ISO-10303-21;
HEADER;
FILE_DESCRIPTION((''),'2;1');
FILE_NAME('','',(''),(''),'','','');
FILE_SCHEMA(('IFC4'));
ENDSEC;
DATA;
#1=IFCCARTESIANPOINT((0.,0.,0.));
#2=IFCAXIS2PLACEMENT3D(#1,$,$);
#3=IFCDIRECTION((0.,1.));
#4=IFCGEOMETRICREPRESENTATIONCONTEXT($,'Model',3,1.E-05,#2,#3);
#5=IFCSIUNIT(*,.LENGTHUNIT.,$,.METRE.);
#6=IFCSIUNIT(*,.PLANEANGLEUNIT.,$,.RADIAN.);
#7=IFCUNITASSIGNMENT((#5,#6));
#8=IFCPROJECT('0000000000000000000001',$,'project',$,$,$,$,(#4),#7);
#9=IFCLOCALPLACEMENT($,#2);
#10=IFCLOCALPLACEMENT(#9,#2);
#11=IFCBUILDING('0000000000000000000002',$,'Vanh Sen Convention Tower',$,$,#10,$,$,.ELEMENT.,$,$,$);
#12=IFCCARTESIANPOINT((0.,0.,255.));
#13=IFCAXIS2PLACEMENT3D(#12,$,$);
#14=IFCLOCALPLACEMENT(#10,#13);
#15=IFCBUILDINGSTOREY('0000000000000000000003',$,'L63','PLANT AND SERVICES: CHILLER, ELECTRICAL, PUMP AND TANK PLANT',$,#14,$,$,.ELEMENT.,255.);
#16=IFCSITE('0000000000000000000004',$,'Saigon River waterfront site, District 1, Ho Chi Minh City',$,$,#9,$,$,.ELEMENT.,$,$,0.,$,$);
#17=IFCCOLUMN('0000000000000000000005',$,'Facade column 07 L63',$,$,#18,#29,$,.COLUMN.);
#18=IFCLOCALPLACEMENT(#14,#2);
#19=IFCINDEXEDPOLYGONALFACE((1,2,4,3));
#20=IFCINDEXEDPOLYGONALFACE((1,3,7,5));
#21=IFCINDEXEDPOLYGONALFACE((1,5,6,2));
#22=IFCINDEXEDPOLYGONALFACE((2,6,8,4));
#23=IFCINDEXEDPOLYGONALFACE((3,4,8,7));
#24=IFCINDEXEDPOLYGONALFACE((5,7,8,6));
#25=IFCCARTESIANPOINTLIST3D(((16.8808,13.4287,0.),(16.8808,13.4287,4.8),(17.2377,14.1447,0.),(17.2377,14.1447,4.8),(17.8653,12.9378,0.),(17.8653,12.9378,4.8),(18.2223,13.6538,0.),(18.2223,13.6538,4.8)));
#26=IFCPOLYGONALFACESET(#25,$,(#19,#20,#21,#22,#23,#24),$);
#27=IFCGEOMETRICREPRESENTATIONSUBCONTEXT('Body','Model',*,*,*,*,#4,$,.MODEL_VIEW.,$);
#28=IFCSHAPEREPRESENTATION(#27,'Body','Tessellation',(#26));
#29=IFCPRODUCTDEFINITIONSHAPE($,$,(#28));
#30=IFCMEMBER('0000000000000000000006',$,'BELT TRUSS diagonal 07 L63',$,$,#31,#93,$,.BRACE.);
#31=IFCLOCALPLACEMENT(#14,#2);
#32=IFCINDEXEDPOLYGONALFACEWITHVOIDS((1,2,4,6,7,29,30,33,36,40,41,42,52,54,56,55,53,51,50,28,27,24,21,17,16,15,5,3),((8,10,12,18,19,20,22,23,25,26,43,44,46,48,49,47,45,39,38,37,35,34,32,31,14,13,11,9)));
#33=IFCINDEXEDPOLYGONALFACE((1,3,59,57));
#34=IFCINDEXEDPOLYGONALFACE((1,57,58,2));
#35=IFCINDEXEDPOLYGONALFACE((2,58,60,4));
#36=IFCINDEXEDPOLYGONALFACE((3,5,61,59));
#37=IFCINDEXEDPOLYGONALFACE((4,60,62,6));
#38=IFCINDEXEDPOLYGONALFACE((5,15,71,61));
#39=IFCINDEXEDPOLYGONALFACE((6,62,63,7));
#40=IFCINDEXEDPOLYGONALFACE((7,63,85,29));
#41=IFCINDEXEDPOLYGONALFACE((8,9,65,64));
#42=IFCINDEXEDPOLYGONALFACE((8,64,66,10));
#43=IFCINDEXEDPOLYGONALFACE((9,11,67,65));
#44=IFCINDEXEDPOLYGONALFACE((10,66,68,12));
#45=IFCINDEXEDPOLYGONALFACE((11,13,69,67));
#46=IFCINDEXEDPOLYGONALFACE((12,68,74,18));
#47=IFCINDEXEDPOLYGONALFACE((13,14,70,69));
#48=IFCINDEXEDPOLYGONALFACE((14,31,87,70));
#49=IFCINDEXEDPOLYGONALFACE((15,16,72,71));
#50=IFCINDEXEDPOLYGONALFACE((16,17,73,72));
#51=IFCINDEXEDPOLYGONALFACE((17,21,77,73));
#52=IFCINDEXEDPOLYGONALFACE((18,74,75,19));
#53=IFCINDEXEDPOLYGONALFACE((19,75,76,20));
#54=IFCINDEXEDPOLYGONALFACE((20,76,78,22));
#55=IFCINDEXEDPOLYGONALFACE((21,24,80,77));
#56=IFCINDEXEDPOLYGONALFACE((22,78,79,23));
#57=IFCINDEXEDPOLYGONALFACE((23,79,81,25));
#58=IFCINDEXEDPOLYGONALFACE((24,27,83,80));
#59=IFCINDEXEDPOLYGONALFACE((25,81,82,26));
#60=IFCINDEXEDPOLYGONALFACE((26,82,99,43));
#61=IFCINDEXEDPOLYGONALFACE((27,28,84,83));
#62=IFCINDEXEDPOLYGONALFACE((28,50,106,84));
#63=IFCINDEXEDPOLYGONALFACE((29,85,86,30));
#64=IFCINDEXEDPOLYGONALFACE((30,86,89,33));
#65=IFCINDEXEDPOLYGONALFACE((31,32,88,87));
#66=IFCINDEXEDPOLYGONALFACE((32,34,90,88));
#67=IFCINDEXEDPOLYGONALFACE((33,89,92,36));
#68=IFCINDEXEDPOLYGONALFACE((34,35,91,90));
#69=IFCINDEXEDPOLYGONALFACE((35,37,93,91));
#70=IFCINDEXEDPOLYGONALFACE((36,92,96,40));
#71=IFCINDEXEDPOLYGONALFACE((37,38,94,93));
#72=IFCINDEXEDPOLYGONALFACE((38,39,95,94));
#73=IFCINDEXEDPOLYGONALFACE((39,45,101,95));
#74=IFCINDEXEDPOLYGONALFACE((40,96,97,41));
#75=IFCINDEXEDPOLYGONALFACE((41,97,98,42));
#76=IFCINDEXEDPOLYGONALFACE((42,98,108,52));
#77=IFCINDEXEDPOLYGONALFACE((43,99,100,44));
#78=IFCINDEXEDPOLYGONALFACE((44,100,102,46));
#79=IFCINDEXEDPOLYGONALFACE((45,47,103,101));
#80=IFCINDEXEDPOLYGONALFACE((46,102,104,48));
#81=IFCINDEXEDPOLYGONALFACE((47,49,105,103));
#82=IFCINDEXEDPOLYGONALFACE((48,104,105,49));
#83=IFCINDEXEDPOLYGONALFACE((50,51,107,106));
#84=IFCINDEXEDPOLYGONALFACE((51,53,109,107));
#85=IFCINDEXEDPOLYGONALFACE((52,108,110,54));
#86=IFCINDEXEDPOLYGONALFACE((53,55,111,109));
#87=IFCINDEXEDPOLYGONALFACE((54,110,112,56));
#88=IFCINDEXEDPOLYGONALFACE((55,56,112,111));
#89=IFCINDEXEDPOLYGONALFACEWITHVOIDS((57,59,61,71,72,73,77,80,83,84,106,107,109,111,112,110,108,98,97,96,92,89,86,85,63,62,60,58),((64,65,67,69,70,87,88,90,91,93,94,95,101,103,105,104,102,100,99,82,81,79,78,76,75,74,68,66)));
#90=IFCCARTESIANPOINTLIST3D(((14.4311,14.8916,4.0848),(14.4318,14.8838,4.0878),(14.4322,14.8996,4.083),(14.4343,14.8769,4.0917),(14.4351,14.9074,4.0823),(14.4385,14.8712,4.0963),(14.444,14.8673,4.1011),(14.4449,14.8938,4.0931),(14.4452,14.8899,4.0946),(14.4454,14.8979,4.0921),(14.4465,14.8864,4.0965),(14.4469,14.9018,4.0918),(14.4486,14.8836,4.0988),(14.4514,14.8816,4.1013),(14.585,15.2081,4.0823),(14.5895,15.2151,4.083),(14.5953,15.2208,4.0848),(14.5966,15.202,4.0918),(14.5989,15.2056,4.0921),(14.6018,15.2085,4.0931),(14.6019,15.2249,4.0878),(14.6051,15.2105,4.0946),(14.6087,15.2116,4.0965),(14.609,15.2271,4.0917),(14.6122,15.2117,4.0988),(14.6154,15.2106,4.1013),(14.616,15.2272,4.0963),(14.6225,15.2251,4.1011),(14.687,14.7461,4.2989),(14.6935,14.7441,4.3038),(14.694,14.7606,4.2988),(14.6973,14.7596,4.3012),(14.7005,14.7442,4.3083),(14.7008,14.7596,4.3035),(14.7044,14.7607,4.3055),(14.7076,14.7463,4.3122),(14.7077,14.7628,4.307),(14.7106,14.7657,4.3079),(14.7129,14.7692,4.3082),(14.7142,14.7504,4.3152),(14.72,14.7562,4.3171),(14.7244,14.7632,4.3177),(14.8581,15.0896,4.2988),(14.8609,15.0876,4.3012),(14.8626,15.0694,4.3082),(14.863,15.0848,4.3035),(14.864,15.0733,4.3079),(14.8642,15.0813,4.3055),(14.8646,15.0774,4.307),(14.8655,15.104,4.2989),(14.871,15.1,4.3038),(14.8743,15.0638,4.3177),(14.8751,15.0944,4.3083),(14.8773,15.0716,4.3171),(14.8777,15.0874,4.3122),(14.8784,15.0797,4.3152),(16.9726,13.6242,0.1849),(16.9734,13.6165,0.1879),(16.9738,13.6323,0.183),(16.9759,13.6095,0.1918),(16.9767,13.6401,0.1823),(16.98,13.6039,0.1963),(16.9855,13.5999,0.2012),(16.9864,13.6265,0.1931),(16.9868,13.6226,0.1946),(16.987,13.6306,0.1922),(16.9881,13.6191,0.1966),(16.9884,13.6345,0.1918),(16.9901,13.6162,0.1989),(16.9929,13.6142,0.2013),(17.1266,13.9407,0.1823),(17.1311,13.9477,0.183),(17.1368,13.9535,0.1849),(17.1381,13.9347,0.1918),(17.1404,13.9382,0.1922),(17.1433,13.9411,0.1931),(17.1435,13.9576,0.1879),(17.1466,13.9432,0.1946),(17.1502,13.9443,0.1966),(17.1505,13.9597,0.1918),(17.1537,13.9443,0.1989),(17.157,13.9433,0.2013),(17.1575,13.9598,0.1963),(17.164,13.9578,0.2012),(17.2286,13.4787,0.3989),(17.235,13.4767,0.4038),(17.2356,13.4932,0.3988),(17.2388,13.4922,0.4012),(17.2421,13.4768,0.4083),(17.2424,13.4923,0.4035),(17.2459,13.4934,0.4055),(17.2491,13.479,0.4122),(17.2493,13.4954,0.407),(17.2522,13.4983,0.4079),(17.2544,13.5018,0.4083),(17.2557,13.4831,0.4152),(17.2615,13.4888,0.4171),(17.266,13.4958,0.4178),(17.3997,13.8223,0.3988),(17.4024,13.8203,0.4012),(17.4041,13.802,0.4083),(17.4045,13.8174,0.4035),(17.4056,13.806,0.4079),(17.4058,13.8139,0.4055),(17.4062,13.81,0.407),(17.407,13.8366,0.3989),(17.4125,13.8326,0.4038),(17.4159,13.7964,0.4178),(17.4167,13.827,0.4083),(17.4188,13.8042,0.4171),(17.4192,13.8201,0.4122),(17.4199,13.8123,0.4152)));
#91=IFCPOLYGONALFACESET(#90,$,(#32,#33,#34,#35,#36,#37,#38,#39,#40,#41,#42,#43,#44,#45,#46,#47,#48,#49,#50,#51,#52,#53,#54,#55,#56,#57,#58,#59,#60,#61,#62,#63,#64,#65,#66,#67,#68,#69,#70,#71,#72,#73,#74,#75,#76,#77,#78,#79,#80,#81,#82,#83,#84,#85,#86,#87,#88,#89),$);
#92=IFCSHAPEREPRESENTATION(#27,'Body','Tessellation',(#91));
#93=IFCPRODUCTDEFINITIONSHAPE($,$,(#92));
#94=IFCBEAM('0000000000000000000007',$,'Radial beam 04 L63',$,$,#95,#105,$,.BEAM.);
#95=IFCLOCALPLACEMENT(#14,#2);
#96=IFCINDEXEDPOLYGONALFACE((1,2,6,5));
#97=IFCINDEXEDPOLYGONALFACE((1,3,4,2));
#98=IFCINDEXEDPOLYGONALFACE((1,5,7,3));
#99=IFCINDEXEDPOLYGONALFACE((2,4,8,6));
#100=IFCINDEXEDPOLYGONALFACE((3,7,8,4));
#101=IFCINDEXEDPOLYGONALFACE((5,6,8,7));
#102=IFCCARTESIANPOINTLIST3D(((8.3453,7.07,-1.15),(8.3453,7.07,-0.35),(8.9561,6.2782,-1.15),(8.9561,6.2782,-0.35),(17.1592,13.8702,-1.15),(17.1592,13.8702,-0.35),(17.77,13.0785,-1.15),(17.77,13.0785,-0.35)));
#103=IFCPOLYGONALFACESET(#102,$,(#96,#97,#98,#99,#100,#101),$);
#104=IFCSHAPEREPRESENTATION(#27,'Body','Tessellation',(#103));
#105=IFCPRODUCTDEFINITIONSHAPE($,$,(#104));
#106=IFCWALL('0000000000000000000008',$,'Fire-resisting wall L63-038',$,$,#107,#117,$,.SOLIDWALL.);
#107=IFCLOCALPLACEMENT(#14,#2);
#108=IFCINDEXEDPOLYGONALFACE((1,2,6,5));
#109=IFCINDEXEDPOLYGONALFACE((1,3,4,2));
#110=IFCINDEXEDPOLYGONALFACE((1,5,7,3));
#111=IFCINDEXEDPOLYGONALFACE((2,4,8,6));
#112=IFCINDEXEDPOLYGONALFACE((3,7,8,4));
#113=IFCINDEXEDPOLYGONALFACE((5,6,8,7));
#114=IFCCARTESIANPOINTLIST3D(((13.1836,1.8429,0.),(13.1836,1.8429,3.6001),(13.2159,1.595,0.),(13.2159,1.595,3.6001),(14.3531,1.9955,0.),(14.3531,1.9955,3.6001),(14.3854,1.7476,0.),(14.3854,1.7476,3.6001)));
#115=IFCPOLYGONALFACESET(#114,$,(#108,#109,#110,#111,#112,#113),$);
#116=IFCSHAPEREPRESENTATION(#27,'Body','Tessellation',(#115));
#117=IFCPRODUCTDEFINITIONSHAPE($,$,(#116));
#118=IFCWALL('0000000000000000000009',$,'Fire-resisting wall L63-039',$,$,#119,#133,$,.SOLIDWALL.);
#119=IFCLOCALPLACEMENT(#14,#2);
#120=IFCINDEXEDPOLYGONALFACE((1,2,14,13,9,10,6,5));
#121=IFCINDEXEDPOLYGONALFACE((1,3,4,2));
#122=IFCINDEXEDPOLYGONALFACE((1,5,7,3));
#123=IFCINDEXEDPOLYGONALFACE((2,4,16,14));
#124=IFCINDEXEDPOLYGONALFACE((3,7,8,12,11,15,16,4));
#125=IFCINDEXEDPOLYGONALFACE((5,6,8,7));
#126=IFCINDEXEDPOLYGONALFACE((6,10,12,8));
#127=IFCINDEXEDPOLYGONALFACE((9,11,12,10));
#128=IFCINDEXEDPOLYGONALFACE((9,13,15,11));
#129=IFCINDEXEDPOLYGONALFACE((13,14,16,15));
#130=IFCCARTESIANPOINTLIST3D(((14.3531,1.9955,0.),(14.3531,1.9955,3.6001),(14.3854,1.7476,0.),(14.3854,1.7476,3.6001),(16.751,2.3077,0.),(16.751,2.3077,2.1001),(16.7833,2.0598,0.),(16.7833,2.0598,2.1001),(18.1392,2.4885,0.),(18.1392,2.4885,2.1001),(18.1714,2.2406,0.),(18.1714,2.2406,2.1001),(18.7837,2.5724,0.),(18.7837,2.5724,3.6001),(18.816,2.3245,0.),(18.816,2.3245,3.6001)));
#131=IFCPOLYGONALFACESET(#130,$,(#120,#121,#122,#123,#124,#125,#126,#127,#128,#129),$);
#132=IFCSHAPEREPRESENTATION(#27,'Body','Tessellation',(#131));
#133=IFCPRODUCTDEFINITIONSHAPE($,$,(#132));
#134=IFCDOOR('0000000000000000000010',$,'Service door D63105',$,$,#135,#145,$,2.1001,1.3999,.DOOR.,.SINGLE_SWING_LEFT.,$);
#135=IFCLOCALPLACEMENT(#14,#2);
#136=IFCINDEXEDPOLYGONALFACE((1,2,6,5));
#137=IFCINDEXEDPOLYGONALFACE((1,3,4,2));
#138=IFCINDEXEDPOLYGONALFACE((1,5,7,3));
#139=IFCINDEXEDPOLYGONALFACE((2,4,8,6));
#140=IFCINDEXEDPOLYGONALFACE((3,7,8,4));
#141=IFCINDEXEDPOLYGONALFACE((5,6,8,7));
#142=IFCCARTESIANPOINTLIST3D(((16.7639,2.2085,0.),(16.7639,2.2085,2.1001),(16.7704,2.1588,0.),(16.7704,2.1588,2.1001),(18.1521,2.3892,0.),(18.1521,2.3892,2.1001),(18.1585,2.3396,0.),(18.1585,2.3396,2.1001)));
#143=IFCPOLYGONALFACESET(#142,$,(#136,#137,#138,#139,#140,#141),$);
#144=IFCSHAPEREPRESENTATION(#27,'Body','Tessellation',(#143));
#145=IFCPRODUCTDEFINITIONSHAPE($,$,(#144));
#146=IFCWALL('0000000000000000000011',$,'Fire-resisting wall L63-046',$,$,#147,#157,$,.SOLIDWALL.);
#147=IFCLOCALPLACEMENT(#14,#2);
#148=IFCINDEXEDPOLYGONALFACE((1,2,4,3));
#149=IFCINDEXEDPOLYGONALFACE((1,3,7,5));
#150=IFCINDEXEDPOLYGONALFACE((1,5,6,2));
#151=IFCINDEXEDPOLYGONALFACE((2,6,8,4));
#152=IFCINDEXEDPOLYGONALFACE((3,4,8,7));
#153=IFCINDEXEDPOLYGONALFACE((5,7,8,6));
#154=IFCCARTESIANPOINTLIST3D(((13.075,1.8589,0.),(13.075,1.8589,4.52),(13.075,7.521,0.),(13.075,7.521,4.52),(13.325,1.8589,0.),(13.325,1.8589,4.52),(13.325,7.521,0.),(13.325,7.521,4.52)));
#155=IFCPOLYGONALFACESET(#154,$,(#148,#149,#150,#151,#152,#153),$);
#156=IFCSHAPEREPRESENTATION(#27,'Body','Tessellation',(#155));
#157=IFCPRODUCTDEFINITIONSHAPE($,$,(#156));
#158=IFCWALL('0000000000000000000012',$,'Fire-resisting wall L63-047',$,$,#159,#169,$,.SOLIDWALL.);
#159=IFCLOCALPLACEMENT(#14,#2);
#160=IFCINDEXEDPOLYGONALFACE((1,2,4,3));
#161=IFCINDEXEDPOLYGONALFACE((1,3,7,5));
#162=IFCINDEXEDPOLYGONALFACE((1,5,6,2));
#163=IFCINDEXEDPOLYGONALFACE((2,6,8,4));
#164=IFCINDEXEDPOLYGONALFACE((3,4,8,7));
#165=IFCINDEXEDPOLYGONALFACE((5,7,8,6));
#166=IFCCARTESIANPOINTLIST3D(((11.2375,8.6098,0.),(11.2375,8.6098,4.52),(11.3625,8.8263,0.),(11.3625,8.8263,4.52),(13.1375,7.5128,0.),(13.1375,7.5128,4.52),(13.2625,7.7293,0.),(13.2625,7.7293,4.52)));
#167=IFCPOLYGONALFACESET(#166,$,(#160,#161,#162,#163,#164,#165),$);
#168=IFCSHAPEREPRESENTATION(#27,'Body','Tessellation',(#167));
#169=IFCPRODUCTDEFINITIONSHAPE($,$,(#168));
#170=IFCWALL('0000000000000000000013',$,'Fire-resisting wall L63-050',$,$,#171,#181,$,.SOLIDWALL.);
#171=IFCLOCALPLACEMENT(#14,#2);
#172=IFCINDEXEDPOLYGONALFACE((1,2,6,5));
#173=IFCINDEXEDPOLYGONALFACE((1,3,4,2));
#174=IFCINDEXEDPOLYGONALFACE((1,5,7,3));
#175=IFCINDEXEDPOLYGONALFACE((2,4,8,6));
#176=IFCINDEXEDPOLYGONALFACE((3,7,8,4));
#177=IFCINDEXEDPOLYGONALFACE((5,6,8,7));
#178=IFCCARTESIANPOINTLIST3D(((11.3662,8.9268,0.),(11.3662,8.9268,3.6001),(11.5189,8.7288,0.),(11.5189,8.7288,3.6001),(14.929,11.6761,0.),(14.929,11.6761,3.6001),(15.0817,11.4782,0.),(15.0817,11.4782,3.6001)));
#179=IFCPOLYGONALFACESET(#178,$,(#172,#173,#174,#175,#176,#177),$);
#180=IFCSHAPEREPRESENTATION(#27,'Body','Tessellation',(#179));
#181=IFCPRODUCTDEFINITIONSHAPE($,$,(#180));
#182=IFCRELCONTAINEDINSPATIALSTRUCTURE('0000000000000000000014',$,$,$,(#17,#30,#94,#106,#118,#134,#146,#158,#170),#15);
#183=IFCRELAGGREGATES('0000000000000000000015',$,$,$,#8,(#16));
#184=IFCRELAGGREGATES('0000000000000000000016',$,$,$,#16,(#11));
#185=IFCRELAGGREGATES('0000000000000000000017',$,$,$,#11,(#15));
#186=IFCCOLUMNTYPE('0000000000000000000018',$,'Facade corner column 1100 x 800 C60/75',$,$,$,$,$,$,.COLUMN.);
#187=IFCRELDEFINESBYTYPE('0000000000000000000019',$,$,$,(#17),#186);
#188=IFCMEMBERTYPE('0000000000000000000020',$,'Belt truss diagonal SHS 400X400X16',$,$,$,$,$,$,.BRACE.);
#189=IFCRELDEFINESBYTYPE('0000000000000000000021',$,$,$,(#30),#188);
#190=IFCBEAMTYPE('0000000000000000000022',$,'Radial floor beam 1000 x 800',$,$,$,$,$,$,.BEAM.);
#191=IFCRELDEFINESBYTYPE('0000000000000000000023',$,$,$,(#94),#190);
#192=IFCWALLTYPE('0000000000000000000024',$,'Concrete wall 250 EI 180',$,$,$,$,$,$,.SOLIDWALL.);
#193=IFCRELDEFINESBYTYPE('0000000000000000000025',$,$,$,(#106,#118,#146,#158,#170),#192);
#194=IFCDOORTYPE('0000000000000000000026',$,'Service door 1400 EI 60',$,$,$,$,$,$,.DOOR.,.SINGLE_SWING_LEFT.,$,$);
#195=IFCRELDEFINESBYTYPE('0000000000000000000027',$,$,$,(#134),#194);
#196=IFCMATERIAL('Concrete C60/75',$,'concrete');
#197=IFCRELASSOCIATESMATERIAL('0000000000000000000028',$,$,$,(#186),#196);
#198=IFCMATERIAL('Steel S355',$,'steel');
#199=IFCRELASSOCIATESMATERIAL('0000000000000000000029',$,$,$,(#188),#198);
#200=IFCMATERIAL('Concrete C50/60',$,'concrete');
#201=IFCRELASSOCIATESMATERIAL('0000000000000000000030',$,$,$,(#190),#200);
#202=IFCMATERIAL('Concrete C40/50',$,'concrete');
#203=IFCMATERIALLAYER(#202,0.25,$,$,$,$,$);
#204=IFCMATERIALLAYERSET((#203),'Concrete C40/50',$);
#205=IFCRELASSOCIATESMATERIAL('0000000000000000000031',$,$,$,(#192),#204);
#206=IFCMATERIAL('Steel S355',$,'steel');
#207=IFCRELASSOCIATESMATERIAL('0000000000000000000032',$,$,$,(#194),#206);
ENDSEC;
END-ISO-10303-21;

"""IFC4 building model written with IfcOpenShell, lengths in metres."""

from ifc_helpers import new_model, si_unit, direction, frame, frame_2d, origin, origin_2d, place, context, subcontext, project, spatial, rectangle, hollow_rectangle, extrude, material, layer, layer_set, material_profile, profile_set, type_object, element, fill, save


model = new_model("IFC4")

# Units and contexts
model_context = context("Model", 3, precision=1e-05, world=origin(), true_north=direction((0.0, 1.0)))
body_context = subcontext(model_context, "Body", "Model", "MODEL_VIEW")
ifc_project = project(units=[si_unit("LENGTHUNIT", "METRE"), si_unit("PLANEANGLEUNIT", "RADIAN")], contexts=[model_context])

# Site, building, storey
site_placement = place(None, origin())
site = spatial("IfcSite", under=ifc_project, at=site_placement, Name="Saigon River waterfront site, District 1, Ho Chi Minh City", CompositionType="ELEMENT", RefElevation=0.0)
building_placement = place(site_placement, origin())
building = spatial("IfcBuilding", under=site, at=building_placement, Name="Vanh Sen Convention Tower", CompositionType="ELEMENT")
storey_placement = place(building_placement, frame((0.0, 0.0, 255.0)))
storey = spatial("IfcBuildingStorey", under=building, at=storey_placement, Name="L63", Description="PLANT AND SERVICES: CHILLER, ELECTRICAL, PUMP AND TANK PLANT", CompositionType="ELEMENT", Elevation=255.0)

# Column
ifc_material_1 = material(Name="Concrete C60/75", Category="concrete")
ifc_material_profile_1 = material_profile(ifc_material_1, rectangle(XDim=1.1001, YDim=0.8, at=origin_2d()), Name="RC 1100X800")
ifc_profile_set_1 = profile_set([ifc_material_profile_1], Name="Concrete C60/75")
column_type = type_object("IfcColumnType", Name="Facade corner column 1100 x 800 C60/75", PredefinedType="COLUMN", material=ifc_profile_set_1)
column_placement = place(storey_placement, frame((17.5515, 13.5413, 0.0), z_axis=(0.0, 0.0, 1.0), x_axis=(-0.894934, 0.446198, 0.0)))
element("IfcColumn", 1, at=column_placement, inside=storey, type_object=column_type, Name="Facade column 07 L63", PredefinedType="COLUMN", context=body_context, shape_type="SweptSolid", body=[
    extrude(rectangle(XDim=1.1001, YDim=0.8, at=origin_2d()), origin(), (0.0, 0.0, 1.0), 4.8),
])

# Member
ifc_material_2 = material(Name="Steel S355", Category="steel")
ifc_material_profile_2 = material_profile(ifc_material_2, hollow_rectangle(XDim=0.3999, YDim=0.3999, WallThickness=0.0161, InnerFilletRadius=0.0161, OuterFilletRadius=0.032, at=origin_2d()), Name="SHS 400X400X16")
ifc_profile_set_2 = profile_set([ifc_material_profile_2], Name="Steel S355")
member_type = type_object("IfcMemberType", Name="Belt truss diagonal SHS 400X400X16", PredefinedType="BRACE", material=ifc_profile_set_2)
member_placement = place(storey_placement, frame((17.1963, 13.7183, 0.3), z_axis=(-0.526805, 0.262694, 0.808374), x_axis=(-0.446251, -0.894908, 0.0)))
element("IfcMember", 2, at=member_placement, inside=storey, type_object=member_type, Name="BELT TRUSS diagonal 07 L63", PredefinedType="BRACE", context=body_context, shape_type="SweptSolid", body=[
    extrude(hollow_rectangle(XDim=0.3999, YDim=0.3999, WallThickness=0.0161, InnerFilletRadius=0.0161, OuterFilletRadius=0.032, at=origin_2d()), origin(), (0.0, 0.0, 1.0), 4.8245),
])

# Beam
ifc_material_3 = material(Name="Concrete C50/60", Category="concrete")
ifc_material_profile_3 = material_profile(ifc_material_3, rectangle(XDim=1.0, YDim=0.8, at=origin_2d()), Name="RC 1000X800")
ifc_profile_set_3 = profile_set([ifc_material_profile_3], Name="Concrete C50/60")
beam_type = type_object("IfcBeamType", Name="Radial floor beam 1000 x 800", PredefinedType="BEAM", material=ifc_profile_set_3)
beam_placement = place(storey_placement, frame((17.4646, 13.4744, -0.75), z_axis=(-0.791741, -0.610857, 0.0), x_axis=(0.610857, -0.791741, 0.0)))
element("IfcBeam", 3, at=beam_placement, inside=storey, type_object=beam_type, Name="Radial beam 04 L63", PredefinedType="BEAM", context=body_context, shape_type="SweptSolid", body=[
    extrude(rectangle(XDim=1.0, YDim=0.8, at=origin_2d()), origin(), (0.0, 0.0, 1.0), 11.1323),
])

# Wall
ifc_material_4 = material(Name="Concrete C40/50", Category="concrete")
ifc_layer_1 = layer(ifc_material_4, 0.25)
ifc_layer_set_1 = layer_set([ifc_layer_1], Name="Concrete C40/50")
wall_type_1 = type_object("IfcWallType", Name="Concrete wall 250 EI 180", PredefinedType="SOLIDWALL", material=ifc_layer_set_1)
wall_1_placement = place(storey_placement, frame((14.3694, 1.8716, 0.0), z_axis=(0.0, 0.0, 1.0), x_axis=(-0.991595, -0.129383, 0.0)))
element("IfcWall", 4, at=wall_1_placement, inside=storey, type_object=wall_type_1, Name="Fire-resisting wall L63-038", PredefinedType="SOLIDWALL", context=body_context, shape_type="SweptSolid", body=[
    extrude(rectangle(XDim=1.1794, YDim=0.25, at=frame_2d((0.5898, 0.0))), origin(), (0.0, 0.0, 1.0), 3.6001),
])

# Wall, opening, door
wall_2_placement = place(storey_placement, frame((14.3694, 1.8716, 0.0), z_axis=(0.0, 0.0, 1.0), x_axis=(0.991629, 0.129117, 0.0)))
wall_2 = element("IfcWall", 5, at=wall_2_placement, inside=storey, type_object=wall_type_1, Name="Fire-resisting wall L63-039", PredefinedType="SOLIDWALL", context=body_context, shape_type="SweptSolid", body=[
    extrude(rectangle(XDim=4.468, YDim=0.25, at=frame_2d((2.2339, 0.0))), origin(), (0.0, 0.0, 1.0), 3.6001),
])
opening_1_placement = place(wall_2_placement, frame((2.418, 0.0, 0.0)))
opening_1 = element("IfcOpeningElement", 6, at=opening_1_placement, cuts=wall_2, PredefinedType="OPENING", context=body_context, shape_type="SweptSolid", body=[
    extrude(rectangle(XDim=1.3999, YDim=2.1001, at=frame_2d((0.7, 1.05))), frame((0.0, 0.135, 0.0), z_axis=(0.0, -1.0, 0.0), x_axis=(1.0, 0.0, 0.0)), (0.0, 0.0, 1.0), 0.27),
])
ifc_material_5 = material(Name="Steel S355", Category="steel")
door_type_1 = type_object("IfcDoorType", Name="Service door 1400 EI 60", OperationType="SINGLE_SWING_LEFT", PredefinedType="DOOR", material=ifc_material_5)
door_1_placement = place(opening_1_placement, origin())
door_1 = element("IfcDoor", 7, at=door_1_placement, inside=storey, type_object=door_type_1, Name="Service door D63105", OperationType="SINGLE_SWING_LEFT", OverallHeight=2.1001, OverallWidth=1.3999, PredefinedType="DOOR", context=body_context, shape_type="SweptSolid", body=[
    extrude(rectangle(XDim=1.3999, YDim=2.1001, at=frame_2d((0.7, 1.05))), frame((0.0, 0.0249, 0.0), z_axis=(0.0, -1.0, 0.0), x_axis=(1.0, 0.0, 0.0)), (0.0, 0.0, 1.0), 0.05),
])
fill(opening_1, door_1)

# Walls
wall_3_placement = place(storey_placement, frame((13.2, 7.521, 0.0), z_axis=(0.0, 0.0, 1.0), x_axis=(0.0, -1.0, 0.0)))
element("IfcWall", 8, at=wall_3_placement, inside=storey, type_object=wall_type_1, Name="Fire-resisting wall L63-046", PredefinedType="SOLIDWALL", context=body_context, shape_type="SweptSolid", body=[
    extrude(rectangle(XDim=5.6621, YDim=0.25, at=frame_2d((2.8311, 0.0))), origin(), (0.0, 0.0, 1.0), 4.52),
])
wall_4_placement = place(storey_placement, frame((13.2, 7.6211, 0.0), z_axis=(0.0, 0.0, 1.0), x_axis=(-0.866023, 0.500005, 0.0)))
element("IfcWall", 9, at=wall_4_placement, inside=storey, type_object=wall_type_1, Name="Fire-resisting wall L63-047", PredefinedType="SOLIDWALL", context=body_context, shape_type="SweptSolid", body=[
    extrude(rectangle(XDim=2.1938, YDim=0.25, at=frame_2d((1.0969, 0.0))), origin(), (0.0, 0.0, 1.0), 4.52),
])
wall_5_placement = place(storey_placement, frame((11.4426, 8.8279, 0.0), z_axis=(0.0, 0.0, 1.0), x_axis=(0.791689, 0.610924, 0.0)))
element("IfcWall", 10, at=wall_5_placement, inside=storey, type_object=wall_type_1, Name="Fire-resisting wall L63-050", PredefinedType="SOLIDWALL", context=body_context, shape_type="SweptSolid", body=[
    extrude(rectangle(XDim=4.5002, YDim=0.25, at=frame_2d((2.25, 0.0))), origin(), (0.0, 0.0, 1.0), 3.6001),
])

save(model, "model.ifc")
